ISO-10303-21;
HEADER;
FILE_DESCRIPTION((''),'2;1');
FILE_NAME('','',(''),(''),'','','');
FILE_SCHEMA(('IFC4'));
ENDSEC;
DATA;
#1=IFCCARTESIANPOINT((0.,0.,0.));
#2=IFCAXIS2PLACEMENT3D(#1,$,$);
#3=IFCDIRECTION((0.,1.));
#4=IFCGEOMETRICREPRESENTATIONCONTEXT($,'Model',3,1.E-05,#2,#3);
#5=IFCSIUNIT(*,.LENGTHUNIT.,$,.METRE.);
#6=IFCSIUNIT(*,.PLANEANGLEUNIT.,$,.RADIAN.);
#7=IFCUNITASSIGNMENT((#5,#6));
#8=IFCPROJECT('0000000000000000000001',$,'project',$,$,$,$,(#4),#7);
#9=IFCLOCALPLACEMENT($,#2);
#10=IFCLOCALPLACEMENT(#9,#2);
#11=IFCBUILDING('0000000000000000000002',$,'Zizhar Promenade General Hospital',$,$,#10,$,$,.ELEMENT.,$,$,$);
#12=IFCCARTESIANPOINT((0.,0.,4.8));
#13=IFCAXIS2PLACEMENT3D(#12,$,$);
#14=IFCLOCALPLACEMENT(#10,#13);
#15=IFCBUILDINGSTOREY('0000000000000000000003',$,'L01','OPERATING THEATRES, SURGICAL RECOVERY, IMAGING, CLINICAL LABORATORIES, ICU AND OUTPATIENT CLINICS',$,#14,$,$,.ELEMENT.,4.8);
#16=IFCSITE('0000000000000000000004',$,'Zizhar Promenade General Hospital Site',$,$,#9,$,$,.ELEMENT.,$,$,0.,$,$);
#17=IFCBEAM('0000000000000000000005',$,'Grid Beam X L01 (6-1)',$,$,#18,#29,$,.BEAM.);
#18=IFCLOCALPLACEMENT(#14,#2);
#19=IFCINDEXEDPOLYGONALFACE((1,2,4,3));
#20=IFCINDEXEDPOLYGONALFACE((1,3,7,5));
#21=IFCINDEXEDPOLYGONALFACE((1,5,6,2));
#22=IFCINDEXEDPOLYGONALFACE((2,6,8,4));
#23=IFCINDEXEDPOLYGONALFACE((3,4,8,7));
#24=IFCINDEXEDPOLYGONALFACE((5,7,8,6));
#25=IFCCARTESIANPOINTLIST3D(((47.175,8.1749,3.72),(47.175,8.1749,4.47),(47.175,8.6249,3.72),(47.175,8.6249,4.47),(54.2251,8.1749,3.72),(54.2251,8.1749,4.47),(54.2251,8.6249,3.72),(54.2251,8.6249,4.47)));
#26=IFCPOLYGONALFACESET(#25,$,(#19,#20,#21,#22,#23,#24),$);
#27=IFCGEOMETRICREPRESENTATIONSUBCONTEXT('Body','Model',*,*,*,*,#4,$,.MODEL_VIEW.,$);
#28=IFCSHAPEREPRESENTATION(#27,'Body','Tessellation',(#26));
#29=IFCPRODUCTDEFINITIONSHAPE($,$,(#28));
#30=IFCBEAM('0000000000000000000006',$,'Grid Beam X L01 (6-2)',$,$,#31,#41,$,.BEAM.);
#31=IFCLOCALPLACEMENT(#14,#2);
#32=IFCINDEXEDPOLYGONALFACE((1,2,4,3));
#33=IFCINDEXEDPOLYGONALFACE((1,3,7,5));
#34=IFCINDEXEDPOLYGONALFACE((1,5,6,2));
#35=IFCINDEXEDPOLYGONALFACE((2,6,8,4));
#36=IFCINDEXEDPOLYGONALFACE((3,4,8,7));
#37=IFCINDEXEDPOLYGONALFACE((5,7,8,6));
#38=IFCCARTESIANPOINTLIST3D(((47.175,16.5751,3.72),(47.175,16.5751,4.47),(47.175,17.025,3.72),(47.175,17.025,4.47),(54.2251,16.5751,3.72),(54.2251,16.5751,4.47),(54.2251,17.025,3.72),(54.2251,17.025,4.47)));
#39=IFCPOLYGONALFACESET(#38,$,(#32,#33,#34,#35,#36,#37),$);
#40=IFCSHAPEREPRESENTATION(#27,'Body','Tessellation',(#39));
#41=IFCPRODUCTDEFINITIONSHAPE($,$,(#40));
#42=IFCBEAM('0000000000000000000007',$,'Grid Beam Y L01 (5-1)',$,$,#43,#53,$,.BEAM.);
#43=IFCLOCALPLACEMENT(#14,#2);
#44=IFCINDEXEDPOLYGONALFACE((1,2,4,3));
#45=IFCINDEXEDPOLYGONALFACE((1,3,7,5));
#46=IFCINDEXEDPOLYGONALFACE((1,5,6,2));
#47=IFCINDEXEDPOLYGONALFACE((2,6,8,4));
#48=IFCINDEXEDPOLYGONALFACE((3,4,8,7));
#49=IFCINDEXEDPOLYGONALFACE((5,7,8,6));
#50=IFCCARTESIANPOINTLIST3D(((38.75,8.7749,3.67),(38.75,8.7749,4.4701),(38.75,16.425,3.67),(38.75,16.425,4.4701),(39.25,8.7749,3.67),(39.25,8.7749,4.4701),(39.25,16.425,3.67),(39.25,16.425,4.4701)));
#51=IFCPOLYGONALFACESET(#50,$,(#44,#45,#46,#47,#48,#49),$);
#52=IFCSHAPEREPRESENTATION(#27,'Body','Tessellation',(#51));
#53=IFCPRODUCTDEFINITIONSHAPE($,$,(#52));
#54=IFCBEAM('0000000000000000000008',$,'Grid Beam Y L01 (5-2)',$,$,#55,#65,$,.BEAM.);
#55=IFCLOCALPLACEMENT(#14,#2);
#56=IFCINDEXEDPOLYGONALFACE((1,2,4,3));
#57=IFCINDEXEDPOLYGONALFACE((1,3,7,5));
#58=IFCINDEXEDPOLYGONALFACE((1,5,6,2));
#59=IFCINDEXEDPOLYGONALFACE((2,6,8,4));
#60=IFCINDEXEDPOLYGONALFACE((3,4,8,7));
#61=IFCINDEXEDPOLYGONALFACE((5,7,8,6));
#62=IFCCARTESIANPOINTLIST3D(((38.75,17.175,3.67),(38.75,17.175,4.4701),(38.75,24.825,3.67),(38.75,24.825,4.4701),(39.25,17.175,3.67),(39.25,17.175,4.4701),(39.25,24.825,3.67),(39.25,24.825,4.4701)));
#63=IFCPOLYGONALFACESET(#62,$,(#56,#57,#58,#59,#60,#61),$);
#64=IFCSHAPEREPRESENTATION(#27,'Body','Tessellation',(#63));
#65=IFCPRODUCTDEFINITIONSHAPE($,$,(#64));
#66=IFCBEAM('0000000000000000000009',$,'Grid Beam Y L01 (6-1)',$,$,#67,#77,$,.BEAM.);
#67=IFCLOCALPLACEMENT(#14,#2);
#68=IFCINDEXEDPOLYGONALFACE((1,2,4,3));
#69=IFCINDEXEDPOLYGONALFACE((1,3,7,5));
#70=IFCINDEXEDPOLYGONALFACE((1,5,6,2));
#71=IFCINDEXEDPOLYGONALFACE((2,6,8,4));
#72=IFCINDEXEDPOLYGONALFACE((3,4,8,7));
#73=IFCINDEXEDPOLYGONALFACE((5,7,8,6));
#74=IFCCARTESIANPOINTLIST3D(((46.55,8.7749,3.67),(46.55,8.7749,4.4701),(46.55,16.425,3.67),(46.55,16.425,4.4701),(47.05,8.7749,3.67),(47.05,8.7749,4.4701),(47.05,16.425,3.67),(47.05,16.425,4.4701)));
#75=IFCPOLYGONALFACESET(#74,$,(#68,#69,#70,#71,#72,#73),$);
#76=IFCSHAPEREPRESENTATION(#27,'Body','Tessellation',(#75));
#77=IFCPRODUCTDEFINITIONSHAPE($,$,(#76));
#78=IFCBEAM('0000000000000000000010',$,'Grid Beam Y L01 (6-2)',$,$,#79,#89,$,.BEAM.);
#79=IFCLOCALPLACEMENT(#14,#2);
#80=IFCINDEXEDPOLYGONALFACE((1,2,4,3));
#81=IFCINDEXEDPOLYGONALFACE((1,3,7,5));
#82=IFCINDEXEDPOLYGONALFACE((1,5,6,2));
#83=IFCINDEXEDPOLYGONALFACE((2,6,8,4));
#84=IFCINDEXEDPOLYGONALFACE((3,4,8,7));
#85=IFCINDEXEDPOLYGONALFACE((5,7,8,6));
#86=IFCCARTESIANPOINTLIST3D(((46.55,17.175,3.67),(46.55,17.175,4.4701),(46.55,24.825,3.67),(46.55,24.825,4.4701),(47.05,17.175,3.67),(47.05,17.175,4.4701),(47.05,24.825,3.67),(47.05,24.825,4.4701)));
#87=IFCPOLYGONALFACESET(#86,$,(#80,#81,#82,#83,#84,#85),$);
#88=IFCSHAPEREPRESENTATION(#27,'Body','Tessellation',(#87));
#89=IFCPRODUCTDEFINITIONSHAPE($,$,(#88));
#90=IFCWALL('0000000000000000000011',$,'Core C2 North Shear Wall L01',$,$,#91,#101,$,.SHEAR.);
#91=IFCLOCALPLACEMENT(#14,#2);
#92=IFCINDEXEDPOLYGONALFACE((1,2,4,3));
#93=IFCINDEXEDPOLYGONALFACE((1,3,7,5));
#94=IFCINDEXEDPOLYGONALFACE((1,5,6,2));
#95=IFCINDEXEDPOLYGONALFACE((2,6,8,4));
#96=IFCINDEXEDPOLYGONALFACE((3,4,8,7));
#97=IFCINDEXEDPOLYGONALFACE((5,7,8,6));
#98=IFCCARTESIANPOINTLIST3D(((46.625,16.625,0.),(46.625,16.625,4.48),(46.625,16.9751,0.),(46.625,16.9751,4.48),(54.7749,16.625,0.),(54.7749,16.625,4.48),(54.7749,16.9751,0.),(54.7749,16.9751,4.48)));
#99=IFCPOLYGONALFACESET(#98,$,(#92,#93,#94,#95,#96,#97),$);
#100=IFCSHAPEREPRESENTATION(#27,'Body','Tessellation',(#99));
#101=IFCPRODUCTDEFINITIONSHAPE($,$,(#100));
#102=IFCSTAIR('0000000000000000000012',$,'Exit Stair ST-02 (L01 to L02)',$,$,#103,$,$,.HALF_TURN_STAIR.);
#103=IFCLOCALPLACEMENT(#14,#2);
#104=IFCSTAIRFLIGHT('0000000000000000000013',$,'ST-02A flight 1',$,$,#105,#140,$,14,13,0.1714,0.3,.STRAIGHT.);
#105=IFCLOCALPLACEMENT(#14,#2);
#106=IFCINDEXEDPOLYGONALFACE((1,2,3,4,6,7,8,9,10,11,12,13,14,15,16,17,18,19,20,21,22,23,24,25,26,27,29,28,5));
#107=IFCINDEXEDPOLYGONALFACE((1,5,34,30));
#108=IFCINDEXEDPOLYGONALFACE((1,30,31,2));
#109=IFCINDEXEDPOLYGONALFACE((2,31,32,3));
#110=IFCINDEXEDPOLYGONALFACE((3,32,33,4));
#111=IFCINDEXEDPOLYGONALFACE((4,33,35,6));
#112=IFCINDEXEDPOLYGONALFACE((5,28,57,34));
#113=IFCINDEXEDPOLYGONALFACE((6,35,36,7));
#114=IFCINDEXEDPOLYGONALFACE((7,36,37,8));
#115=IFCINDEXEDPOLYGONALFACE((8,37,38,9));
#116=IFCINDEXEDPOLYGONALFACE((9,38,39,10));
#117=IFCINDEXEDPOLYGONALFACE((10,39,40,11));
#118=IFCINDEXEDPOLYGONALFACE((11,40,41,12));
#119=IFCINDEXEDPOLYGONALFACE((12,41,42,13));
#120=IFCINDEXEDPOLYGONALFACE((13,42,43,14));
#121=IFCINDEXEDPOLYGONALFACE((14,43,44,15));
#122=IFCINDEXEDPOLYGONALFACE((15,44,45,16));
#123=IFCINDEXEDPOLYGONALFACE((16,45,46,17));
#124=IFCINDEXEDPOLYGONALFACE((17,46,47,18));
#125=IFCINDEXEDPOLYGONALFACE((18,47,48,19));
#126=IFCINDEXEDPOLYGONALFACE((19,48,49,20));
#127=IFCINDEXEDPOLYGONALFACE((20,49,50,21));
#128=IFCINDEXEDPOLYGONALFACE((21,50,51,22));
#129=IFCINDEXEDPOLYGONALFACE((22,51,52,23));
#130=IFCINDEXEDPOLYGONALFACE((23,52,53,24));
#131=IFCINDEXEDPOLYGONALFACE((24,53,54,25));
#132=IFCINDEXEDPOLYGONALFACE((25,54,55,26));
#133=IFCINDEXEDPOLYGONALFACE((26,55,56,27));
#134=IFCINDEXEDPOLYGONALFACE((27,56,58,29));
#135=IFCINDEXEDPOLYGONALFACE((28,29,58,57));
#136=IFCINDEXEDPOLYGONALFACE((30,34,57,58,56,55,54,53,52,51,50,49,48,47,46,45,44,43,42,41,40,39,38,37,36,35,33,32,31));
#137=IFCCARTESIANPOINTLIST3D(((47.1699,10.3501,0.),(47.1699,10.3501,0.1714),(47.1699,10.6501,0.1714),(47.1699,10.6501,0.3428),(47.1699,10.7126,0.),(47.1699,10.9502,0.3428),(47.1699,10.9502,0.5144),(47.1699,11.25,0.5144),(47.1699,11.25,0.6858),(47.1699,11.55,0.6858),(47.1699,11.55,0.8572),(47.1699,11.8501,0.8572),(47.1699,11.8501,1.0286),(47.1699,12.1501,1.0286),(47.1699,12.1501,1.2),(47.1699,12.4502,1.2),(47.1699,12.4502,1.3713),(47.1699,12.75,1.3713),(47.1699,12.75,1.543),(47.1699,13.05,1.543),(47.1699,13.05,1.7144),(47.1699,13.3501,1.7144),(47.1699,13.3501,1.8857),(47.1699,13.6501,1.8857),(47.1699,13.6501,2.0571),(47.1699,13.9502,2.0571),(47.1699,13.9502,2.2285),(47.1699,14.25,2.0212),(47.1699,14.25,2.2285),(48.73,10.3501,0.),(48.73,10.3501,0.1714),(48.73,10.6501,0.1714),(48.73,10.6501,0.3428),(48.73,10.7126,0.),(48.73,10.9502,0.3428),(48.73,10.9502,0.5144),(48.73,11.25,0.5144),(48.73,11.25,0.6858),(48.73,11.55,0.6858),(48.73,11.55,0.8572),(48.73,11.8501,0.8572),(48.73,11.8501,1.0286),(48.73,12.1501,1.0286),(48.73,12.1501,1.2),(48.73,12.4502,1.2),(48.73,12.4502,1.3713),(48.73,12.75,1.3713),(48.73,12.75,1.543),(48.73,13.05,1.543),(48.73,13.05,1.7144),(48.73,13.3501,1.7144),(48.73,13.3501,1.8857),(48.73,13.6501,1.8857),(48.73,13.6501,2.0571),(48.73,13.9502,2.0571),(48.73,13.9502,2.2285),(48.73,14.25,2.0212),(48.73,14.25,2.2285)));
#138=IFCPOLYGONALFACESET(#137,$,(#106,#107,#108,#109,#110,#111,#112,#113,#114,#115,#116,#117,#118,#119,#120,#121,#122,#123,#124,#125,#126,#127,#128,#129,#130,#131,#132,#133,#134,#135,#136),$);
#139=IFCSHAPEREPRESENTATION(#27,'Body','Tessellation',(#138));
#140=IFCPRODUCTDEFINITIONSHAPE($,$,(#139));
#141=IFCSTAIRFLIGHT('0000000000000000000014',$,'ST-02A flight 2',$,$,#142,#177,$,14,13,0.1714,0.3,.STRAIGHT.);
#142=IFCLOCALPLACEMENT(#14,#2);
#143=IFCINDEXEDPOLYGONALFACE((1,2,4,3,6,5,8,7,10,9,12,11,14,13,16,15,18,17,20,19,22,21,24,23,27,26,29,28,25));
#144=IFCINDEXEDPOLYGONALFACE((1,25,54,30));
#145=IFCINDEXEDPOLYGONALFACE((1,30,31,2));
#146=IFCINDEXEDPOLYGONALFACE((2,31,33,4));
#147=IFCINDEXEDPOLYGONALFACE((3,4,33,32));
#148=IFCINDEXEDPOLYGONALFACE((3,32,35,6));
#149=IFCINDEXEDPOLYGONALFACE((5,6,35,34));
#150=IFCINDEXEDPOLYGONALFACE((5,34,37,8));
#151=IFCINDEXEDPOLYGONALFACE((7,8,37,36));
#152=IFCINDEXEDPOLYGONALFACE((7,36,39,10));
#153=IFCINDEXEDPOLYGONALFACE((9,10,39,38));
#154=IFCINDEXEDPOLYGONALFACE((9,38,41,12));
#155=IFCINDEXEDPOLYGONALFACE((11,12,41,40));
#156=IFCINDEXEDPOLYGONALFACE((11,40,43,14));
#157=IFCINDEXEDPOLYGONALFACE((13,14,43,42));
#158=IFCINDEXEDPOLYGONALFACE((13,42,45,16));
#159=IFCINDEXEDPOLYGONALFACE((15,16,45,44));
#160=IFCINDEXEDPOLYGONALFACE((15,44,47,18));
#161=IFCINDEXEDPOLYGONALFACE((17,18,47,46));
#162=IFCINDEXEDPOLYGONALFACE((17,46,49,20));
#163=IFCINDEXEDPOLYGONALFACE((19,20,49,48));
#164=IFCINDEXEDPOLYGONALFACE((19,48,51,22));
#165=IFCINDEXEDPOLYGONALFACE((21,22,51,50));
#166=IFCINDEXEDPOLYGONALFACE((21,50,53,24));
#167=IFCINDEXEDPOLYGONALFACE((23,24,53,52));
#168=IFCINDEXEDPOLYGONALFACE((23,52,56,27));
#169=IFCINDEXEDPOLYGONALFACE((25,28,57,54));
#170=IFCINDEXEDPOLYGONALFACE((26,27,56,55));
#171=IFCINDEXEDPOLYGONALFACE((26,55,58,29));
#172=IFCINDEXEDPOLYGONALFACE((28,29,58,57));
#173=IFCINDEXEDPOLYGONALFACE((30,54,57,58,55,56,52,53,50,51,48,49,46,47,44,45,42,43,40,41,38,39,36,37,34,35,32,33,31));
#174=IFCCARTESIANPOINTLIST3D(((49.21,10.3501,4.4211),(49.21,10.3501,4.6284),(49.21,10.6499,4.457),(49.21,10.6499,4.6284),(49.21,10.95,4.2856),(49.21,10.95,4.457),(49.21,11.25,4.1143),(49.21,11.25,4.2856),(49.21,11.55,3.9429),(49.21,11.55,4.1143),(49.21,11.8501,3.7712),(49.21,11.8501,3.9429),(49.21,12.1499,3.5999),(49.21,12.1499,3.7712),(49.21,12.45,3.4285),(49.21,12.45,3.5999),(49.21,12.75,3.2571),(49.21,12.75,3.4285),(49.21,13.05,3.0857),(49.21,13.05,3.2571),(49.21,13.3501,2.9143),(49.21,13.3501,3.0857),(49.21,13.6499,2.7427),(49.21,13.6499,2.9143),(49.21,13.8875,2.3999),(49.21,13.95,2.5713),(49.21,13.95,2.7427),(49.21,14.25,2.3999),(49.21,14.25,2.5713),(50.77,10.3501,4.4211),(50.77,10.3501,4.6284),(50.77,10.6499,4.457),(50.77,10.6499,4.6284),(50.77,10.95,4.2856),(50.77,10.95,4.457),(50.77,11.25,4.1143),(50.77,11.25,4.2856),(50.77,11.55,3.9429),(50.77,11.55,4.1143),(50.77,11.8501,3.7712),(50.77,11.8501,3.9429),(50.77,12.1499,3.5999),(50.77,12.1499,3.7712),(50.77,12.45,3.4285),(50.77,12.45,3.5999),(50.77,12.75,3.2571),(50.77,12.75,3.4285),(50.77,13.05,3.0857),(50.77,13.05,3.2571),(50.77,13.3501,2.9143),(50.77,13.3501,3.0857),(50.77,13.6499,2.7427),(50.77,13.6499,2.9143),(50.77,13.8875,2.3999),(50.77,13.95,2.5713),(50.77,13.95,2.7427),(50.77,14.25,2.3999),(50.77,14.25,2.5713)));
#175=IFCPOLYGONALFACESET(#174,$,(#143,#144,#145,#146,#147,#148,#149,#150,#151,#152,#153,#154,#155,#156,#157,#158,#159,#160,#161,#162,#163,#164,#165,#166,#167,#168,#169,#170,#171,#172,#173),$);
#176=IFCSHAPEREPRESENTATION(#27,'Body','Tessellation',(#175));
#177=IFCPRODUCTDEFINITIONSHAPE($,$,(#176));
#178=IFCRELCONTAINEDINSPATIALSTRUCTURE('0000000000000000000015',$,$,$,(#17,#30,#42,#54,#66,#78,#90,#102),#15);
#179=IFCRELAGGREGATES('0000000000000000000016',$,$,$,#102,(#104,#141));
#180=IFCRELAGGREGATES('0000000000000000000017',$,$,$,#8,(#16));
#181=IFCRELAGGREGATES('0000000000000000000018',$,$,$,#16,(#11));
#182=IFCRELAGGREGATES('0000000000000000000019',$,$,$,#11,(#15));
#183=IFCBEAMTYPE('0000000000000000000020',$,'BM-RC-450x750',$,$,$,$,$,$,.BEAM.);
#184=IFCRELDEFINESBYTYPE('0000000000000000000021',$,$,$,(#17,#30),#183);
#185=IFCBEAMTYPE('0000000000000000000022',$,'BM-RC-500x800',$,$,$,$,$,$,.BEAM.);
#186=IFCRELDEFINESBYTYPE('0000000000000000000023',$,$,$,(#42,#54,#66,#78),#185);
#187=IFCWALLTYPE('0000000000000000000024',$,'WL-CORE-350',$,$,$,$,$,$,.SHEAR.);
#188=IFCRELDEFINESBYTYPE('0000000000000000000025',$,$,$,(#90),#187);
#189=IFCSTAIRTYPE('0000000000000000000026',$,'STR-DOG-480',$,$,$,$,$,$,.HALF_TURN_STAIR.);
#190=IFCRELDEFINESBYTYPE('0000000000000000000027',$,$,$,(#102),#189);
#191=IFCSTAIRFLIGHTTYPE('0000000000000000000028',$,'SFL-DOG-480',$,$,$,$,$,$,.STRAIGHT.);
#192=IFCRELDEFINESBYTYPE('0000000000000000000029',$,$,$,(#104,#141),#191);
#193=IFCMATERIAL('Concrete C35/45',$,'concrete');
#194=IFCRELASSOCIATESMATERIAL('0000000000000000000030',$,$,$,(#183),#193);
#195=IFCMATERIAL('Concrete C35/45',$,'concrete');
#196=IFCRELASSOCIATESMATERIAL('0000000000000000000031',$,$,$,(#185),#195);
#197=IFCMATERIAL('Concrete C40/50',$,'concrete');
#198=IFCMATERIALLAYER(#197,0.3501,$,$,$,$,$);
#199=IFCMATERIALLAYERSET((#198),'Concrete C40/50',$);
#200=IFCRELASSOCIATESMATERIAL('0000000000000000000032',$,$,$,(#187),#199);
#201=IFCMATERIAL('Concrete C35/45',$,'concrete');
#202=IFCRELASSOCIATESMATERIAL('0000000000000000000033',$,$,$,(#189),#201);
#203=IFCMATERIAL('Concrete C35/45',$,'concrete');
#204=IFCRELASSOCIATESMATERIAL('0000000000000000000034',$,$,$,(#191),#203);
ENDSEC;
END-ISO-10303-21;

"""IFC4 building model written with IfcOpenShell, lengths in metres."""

from ifc_helpers import new_model, si_unit, direction, frame, frame_2d, origin, origin_2d, place, context, subcontext, project, spatial, polyline, rectangle, outline, extrude, material, layer, layer_set, material_profile, profile_set, type_object, element, aggregate, save


model = new_model("IFC4")

# Units and contexts
model_context = context("Model", 3, precision=1e-05, world=origin(), true_north=direction((0.0, 1.0)))
body_context = subcontext(model_context, "Body", "Model", "MODEL_VIEW")
ifc_project = project(units=[si_unit("LENGTHUNIT", "METRE"), si_unit("PLANEANGLEUNIT", "RADIAN")], contexts=[model_context])

# Site, building, storey
site_placement = place(None, origin())
site = spatial("IfcSite", under=ifc_project, at=site_placement, Name="Zizhar Promenade General Hospital Site", CompositionType="ELEMENT", RefElevation=0.0)
building_placement = place(site_placement, origin())
building = spatial("IfcBuilding", under=site, at=building_placement, Name="Zizhar Promenade General Hospital", CompositionType="ELEMENT")
storey_placement = place(building_placement, frame((0.0, 0.0, 4.8)))
storey = spatial("IfcBuildingStorey", under=building, at=storey_placement, Name="L01", Description="OPERATING THEATRES, SURGICAL RECOVERY, IMAGING, CLINICAL LABORATORIES, ICU AND OUTPATIENT CLINICS", CompositionType="ELEMENT", Elevation=4.8)

# Beams
ifc_material_1 = material(Name="Concrete C35/45", Category="concrete")
ifc_material_profile_1 = material_profile(ifc_material_1, rectangle(XDim=0.45, YDim=0.75, at=origin_2d()))
ifc_profile_set_1 = profile_set([ifc_material_profile_1], Name="Concrete C35/45")
beam_type_1 = type_object("IfcBeamType", Name="BM-RC-450x750", PredefinedType="BEAM", material=ifc_profile_set_1)
for number, where, z_axis, x_axis, name in (
    (1, (47.175, 8.3999, 4.095), (1.0, 0.0, 0.0), (0.0, 1.0, 0.0), "Grid Beam X L01 (6-1)"),
    (2, (47.175, 16.8, 4.095), (1.0, 0.0, 0.0), (0.0, 1.0, 0.0), "Grid Beam X L01 (6-2)"),
):
    element("IfcBeam", number, at=place(storey_placement, frame(where, z_axis=z_axis, x_axis=x_axis)), inside=storey, type_object=beam_type_1, Name=name, PredefinedType="BEAM", context=body_context, shape_type="SweptSolid", body=[
        extrude(rectangle(XDim=0.45, YDim=0.75, at=origin_2d()), origin(), (0.0, 0.0, 1.0), 7.05),
    ])
ifc_material_2 = material(Name="Concrete C35/45", Category="concrete")
ifc_material_profile_2 = material_profile(ifc_material_2, rectangle(XDim=0.5, YDim=0.8, at=origin_2d()))
ifc_profile_set_2 = profile_set([ifc_material_profile_2], Name="Concrete C35/45")
beam_type_2 = type_object("IfcBeamType", Name="BM-RC-500x800", PredefinedType="BEAM", material=ifc_profile_set_2)
beam_1_placement = place(storey_placement, frame((39.0, 8.7749, 4.0701), z_axis=(0.0, 1.0, 0.0), x_axis=(-1.0, 0.0, 0.0)))
element("IfcBeam", 3, at=beam_1_placement, inside=storey, type_object=beam_type_2, Name="Grid Beam Y L01 (5-1)", PredefinedType="BEAM", context=body_context, shape_type="SweptSolid", body=[
    extrude(rectangle(XDim=0.5, YDim=0.8, at=origin_2d()), origin(), (0.0, 0.0, 1.0), 7.6501),
])
beam_2_placement = place(storey_placement, frame((39.0, 17.175, 4.0701), z_axis=(0.0, 1.0, 0.0), x_axis=(-1.0, 0.0, 0.0)))
element("IfcBeam", 4, at=beam_2_placement, inside=storey, type_object=beam_type_2, Name="Grid Beam Y L01 (5-2)", PredefinedType="BEAM", context=body_context, shape_type="SweptSolid", body=[
    extrude(rectangle(XDim=0.5, YDim=0.8, at=origin_2d()), origin(), (0.0, 0.0, 1.0), 7.6499),
])
beam_3_placement = place(storey_placement, frame((46.8, 8.7749, 4.0701), z_axis=(0.0, 1.0, 0.0), x_axis=(-1.0, 0.0, 0.0)))
element("IfcBeam", 5, at=beam_3_placement, inside=storey, type_object=beam_type_2, Name="Grid Beam Y L01 (6-1)", PredefinedType="BEAM", context=body_context, shape_type="SweptSolid", body=[
    extrude(rectangle(XDim=0.5, YDim=0.8, at=origin_2d()), origin(), (0.0, 0.0, 1.0), 7.6501),
])
beam_4_placement = place(storey_placement, frame((46.8, 17.175, 4.0701), z_axis=(0.0, 1.0, 0.0), x_axis=(-1.0, 0.0, 0.0)))
element("IfcBeam", 6, at=beam_4_placement, inside=storey, type_object=beam_type_2, Name="Grid Beam Y L01 (6-2)", PredefinedType="BEAM", context=body_context, shape_type="SweptSolid", body=[
    extrude(rectangle(XDim=0.5, YDim=0.8, at=origin_2d()), origin(), (0.0, 0.0, 1.0), 7.6499),
])

# Wall
ifc_material_3 = material(Name="Concrete C40/50", Category="concrete")
ifc_layer_1 = layer(ifc_material_3, 0.3501)
ifc_layer_set_1 = layer_set([ifc_layer_1], Name="Concrete C40/50")
wall_type_1 = type_object("IfcWallType", Name="WL-CORE-350", PredefinedType="SHEAR", material=ifc_layer_set_1)
wall_1_placement = place(storey_placement, frame((46.625, 16.8, 0.0), z_axis=(0.0, 0.0, 1.0), x_axis=(1.0, 0.0, 0.0)))
element("IfcWall", 7, at=wall_1_placement, inside=storey, type_object=wall_type_1, Name="Core C2 North Shear Wall L01", PredefinedType="SHEAR", context=body_context, shape_type="SweptSolid", body=[
    extrude(rectangle(XDim=8.1499, YDim=0.3501, at=frame_2d((4.075, 0.0))), origin(), (0.0, 0.0, 1.0), 4.48),
])

# Stair, stair flights
ifc_material_4 = material(Name="Concrete C35/45", Category="concrete")
stair_type = type_object("IfcStairType", Name="STR-DOG-480", PredefinedType="HALF_TURN_STAIR", material=ifc_material_4)
stair_placement = place(storey_placement, origin())
stair = element("IfcStair", 8, at=stair_placement, inside=storey, type_object=stair_type, Name="Exit Stair ST-02 (L01 to L02)", PredefinedType="HALF_TURN_STAIR")
ifc_material_5 = material(Name="Concrete C35/45", Category="concrete")
stair_flight_type = type_object("IfcStairFlightType", Name="SFL-DOG-480", PredefinedType="STRAIGHT", material=ifc_material_5)
stair_flight_1_placement = place(storey_placement, frame((47.95, 10.3501, 0.0), z_axis=(0.0, 0.0, 1.0), x_axis=(0.0, 1.0, 0.0)))
stair_flight_1 = element("IfcStairFlight", 9, at=stair_flight_1_placement, type_object=stair_flight_type, Name="ST-02A flight 1", NumberOfRisers=14, NumberOfTreads=13, PredefinedType="STRAIGHT", RiserHeight=0.1714, TreadLength=0.3, context=body_context, shape_type="SweptSolid", body=[
    extrude(outline(polyline([(0.0, 0.0), (0.0, 0.1714), (0.3, 0.1714), (0.3, 0.3428), (0.6001, 0.3428), (0.6001, 0.5144), (0.8999, 0.5144), (0.8999, 0.6858), (1.2, 0.6858), (1.2, 0.8572), (1.5, 0.8572), (1.5, 1.0286), (1.8, 1.0286), (1.8, 1.2), (2.1001, 1.2), (2.1001, 1.3713), (2.3999, 1.3713), (2.3999, 1.543), (2.7, 1.543), (2.7, 1.7144), (3.0, 1.7144), (3.0, 1.8857), (3.3, 1.8857), (3.3, 2.0571), (3.6001, 2.0571), (3.6001, 2.2285), (3.8999, 2.2285), (3.8999, 2.3999), (3.8999, 2.0212), (0.3625, 0.0), (0.0, 0.0)])), frame((0.0, 0.78, 0.0), z_axis=(0.0, -1.0, 0.0), x_axis=(1.0, 0.0, 0.0)), (0.0, 0.0, 1.0), 1.5601),
])
stair_flight_2_placement = place(storey_placement, frame((49.99, 14.25, 2.3999), z_axis=(0.0, 0.0, 1.0), x_axis=(0.0, -1.0, 0.0)))
stair_flight_2 = element("IfcStairFlight", 10, at=stair_flight_2_placement, type_object=stair_flight_type, Name="ST-02A flight 2", NumberOfRisers=14, NumberOfTreads=13, PredefinedType="STRAIGHT", RiserHeight=0.1714, TreadLength=0.3, context=body_context, shape_type="SweptSolid", body=[
    extrude(outline(polyline([(0.0, 0.0), (0.0, 0.1714), (0.3, 0.1714), (0.3, 0.3428), (0.6001, 0.3428), (0.6001, 0.5144), (0.8999, 0.5144), (0.8999, 0.6858), (1.2, 0.6858), (1.2, 0.8572), (1.5, 0.8572), (1.5, 1.0286), (1.8, 1.0286), (1.8, 1.2), (2.1001, 1.2), (2.1001, 1.3713), (2.3999, 1.3713), (2.3999, 1.543), (2.7, 1.543), (2.7, 1.7144), (3.0, 1.7144), (3.0, 1.8857), (3.3, 1.8857), (3.3, 2.0571), (3.6001, 2.0571), (3.6001, 2.2285), (3.8999, 2.2285), (3.8999, 2.3999), (3.8999, 2.0212), (0.3625, 0.0), (0.0, 0.0)])), frame((0.0, 0.78, 0.0), z_axis=(0.0, -1.0, 0.0), x_axis=(1.0, 0.0, 0.0)), (0.0, 0.0, 1.0), 1.5601),
])
aggregate(stair, [stair_flight_1, stair_flight_2])

save(model, "model.ifc")
